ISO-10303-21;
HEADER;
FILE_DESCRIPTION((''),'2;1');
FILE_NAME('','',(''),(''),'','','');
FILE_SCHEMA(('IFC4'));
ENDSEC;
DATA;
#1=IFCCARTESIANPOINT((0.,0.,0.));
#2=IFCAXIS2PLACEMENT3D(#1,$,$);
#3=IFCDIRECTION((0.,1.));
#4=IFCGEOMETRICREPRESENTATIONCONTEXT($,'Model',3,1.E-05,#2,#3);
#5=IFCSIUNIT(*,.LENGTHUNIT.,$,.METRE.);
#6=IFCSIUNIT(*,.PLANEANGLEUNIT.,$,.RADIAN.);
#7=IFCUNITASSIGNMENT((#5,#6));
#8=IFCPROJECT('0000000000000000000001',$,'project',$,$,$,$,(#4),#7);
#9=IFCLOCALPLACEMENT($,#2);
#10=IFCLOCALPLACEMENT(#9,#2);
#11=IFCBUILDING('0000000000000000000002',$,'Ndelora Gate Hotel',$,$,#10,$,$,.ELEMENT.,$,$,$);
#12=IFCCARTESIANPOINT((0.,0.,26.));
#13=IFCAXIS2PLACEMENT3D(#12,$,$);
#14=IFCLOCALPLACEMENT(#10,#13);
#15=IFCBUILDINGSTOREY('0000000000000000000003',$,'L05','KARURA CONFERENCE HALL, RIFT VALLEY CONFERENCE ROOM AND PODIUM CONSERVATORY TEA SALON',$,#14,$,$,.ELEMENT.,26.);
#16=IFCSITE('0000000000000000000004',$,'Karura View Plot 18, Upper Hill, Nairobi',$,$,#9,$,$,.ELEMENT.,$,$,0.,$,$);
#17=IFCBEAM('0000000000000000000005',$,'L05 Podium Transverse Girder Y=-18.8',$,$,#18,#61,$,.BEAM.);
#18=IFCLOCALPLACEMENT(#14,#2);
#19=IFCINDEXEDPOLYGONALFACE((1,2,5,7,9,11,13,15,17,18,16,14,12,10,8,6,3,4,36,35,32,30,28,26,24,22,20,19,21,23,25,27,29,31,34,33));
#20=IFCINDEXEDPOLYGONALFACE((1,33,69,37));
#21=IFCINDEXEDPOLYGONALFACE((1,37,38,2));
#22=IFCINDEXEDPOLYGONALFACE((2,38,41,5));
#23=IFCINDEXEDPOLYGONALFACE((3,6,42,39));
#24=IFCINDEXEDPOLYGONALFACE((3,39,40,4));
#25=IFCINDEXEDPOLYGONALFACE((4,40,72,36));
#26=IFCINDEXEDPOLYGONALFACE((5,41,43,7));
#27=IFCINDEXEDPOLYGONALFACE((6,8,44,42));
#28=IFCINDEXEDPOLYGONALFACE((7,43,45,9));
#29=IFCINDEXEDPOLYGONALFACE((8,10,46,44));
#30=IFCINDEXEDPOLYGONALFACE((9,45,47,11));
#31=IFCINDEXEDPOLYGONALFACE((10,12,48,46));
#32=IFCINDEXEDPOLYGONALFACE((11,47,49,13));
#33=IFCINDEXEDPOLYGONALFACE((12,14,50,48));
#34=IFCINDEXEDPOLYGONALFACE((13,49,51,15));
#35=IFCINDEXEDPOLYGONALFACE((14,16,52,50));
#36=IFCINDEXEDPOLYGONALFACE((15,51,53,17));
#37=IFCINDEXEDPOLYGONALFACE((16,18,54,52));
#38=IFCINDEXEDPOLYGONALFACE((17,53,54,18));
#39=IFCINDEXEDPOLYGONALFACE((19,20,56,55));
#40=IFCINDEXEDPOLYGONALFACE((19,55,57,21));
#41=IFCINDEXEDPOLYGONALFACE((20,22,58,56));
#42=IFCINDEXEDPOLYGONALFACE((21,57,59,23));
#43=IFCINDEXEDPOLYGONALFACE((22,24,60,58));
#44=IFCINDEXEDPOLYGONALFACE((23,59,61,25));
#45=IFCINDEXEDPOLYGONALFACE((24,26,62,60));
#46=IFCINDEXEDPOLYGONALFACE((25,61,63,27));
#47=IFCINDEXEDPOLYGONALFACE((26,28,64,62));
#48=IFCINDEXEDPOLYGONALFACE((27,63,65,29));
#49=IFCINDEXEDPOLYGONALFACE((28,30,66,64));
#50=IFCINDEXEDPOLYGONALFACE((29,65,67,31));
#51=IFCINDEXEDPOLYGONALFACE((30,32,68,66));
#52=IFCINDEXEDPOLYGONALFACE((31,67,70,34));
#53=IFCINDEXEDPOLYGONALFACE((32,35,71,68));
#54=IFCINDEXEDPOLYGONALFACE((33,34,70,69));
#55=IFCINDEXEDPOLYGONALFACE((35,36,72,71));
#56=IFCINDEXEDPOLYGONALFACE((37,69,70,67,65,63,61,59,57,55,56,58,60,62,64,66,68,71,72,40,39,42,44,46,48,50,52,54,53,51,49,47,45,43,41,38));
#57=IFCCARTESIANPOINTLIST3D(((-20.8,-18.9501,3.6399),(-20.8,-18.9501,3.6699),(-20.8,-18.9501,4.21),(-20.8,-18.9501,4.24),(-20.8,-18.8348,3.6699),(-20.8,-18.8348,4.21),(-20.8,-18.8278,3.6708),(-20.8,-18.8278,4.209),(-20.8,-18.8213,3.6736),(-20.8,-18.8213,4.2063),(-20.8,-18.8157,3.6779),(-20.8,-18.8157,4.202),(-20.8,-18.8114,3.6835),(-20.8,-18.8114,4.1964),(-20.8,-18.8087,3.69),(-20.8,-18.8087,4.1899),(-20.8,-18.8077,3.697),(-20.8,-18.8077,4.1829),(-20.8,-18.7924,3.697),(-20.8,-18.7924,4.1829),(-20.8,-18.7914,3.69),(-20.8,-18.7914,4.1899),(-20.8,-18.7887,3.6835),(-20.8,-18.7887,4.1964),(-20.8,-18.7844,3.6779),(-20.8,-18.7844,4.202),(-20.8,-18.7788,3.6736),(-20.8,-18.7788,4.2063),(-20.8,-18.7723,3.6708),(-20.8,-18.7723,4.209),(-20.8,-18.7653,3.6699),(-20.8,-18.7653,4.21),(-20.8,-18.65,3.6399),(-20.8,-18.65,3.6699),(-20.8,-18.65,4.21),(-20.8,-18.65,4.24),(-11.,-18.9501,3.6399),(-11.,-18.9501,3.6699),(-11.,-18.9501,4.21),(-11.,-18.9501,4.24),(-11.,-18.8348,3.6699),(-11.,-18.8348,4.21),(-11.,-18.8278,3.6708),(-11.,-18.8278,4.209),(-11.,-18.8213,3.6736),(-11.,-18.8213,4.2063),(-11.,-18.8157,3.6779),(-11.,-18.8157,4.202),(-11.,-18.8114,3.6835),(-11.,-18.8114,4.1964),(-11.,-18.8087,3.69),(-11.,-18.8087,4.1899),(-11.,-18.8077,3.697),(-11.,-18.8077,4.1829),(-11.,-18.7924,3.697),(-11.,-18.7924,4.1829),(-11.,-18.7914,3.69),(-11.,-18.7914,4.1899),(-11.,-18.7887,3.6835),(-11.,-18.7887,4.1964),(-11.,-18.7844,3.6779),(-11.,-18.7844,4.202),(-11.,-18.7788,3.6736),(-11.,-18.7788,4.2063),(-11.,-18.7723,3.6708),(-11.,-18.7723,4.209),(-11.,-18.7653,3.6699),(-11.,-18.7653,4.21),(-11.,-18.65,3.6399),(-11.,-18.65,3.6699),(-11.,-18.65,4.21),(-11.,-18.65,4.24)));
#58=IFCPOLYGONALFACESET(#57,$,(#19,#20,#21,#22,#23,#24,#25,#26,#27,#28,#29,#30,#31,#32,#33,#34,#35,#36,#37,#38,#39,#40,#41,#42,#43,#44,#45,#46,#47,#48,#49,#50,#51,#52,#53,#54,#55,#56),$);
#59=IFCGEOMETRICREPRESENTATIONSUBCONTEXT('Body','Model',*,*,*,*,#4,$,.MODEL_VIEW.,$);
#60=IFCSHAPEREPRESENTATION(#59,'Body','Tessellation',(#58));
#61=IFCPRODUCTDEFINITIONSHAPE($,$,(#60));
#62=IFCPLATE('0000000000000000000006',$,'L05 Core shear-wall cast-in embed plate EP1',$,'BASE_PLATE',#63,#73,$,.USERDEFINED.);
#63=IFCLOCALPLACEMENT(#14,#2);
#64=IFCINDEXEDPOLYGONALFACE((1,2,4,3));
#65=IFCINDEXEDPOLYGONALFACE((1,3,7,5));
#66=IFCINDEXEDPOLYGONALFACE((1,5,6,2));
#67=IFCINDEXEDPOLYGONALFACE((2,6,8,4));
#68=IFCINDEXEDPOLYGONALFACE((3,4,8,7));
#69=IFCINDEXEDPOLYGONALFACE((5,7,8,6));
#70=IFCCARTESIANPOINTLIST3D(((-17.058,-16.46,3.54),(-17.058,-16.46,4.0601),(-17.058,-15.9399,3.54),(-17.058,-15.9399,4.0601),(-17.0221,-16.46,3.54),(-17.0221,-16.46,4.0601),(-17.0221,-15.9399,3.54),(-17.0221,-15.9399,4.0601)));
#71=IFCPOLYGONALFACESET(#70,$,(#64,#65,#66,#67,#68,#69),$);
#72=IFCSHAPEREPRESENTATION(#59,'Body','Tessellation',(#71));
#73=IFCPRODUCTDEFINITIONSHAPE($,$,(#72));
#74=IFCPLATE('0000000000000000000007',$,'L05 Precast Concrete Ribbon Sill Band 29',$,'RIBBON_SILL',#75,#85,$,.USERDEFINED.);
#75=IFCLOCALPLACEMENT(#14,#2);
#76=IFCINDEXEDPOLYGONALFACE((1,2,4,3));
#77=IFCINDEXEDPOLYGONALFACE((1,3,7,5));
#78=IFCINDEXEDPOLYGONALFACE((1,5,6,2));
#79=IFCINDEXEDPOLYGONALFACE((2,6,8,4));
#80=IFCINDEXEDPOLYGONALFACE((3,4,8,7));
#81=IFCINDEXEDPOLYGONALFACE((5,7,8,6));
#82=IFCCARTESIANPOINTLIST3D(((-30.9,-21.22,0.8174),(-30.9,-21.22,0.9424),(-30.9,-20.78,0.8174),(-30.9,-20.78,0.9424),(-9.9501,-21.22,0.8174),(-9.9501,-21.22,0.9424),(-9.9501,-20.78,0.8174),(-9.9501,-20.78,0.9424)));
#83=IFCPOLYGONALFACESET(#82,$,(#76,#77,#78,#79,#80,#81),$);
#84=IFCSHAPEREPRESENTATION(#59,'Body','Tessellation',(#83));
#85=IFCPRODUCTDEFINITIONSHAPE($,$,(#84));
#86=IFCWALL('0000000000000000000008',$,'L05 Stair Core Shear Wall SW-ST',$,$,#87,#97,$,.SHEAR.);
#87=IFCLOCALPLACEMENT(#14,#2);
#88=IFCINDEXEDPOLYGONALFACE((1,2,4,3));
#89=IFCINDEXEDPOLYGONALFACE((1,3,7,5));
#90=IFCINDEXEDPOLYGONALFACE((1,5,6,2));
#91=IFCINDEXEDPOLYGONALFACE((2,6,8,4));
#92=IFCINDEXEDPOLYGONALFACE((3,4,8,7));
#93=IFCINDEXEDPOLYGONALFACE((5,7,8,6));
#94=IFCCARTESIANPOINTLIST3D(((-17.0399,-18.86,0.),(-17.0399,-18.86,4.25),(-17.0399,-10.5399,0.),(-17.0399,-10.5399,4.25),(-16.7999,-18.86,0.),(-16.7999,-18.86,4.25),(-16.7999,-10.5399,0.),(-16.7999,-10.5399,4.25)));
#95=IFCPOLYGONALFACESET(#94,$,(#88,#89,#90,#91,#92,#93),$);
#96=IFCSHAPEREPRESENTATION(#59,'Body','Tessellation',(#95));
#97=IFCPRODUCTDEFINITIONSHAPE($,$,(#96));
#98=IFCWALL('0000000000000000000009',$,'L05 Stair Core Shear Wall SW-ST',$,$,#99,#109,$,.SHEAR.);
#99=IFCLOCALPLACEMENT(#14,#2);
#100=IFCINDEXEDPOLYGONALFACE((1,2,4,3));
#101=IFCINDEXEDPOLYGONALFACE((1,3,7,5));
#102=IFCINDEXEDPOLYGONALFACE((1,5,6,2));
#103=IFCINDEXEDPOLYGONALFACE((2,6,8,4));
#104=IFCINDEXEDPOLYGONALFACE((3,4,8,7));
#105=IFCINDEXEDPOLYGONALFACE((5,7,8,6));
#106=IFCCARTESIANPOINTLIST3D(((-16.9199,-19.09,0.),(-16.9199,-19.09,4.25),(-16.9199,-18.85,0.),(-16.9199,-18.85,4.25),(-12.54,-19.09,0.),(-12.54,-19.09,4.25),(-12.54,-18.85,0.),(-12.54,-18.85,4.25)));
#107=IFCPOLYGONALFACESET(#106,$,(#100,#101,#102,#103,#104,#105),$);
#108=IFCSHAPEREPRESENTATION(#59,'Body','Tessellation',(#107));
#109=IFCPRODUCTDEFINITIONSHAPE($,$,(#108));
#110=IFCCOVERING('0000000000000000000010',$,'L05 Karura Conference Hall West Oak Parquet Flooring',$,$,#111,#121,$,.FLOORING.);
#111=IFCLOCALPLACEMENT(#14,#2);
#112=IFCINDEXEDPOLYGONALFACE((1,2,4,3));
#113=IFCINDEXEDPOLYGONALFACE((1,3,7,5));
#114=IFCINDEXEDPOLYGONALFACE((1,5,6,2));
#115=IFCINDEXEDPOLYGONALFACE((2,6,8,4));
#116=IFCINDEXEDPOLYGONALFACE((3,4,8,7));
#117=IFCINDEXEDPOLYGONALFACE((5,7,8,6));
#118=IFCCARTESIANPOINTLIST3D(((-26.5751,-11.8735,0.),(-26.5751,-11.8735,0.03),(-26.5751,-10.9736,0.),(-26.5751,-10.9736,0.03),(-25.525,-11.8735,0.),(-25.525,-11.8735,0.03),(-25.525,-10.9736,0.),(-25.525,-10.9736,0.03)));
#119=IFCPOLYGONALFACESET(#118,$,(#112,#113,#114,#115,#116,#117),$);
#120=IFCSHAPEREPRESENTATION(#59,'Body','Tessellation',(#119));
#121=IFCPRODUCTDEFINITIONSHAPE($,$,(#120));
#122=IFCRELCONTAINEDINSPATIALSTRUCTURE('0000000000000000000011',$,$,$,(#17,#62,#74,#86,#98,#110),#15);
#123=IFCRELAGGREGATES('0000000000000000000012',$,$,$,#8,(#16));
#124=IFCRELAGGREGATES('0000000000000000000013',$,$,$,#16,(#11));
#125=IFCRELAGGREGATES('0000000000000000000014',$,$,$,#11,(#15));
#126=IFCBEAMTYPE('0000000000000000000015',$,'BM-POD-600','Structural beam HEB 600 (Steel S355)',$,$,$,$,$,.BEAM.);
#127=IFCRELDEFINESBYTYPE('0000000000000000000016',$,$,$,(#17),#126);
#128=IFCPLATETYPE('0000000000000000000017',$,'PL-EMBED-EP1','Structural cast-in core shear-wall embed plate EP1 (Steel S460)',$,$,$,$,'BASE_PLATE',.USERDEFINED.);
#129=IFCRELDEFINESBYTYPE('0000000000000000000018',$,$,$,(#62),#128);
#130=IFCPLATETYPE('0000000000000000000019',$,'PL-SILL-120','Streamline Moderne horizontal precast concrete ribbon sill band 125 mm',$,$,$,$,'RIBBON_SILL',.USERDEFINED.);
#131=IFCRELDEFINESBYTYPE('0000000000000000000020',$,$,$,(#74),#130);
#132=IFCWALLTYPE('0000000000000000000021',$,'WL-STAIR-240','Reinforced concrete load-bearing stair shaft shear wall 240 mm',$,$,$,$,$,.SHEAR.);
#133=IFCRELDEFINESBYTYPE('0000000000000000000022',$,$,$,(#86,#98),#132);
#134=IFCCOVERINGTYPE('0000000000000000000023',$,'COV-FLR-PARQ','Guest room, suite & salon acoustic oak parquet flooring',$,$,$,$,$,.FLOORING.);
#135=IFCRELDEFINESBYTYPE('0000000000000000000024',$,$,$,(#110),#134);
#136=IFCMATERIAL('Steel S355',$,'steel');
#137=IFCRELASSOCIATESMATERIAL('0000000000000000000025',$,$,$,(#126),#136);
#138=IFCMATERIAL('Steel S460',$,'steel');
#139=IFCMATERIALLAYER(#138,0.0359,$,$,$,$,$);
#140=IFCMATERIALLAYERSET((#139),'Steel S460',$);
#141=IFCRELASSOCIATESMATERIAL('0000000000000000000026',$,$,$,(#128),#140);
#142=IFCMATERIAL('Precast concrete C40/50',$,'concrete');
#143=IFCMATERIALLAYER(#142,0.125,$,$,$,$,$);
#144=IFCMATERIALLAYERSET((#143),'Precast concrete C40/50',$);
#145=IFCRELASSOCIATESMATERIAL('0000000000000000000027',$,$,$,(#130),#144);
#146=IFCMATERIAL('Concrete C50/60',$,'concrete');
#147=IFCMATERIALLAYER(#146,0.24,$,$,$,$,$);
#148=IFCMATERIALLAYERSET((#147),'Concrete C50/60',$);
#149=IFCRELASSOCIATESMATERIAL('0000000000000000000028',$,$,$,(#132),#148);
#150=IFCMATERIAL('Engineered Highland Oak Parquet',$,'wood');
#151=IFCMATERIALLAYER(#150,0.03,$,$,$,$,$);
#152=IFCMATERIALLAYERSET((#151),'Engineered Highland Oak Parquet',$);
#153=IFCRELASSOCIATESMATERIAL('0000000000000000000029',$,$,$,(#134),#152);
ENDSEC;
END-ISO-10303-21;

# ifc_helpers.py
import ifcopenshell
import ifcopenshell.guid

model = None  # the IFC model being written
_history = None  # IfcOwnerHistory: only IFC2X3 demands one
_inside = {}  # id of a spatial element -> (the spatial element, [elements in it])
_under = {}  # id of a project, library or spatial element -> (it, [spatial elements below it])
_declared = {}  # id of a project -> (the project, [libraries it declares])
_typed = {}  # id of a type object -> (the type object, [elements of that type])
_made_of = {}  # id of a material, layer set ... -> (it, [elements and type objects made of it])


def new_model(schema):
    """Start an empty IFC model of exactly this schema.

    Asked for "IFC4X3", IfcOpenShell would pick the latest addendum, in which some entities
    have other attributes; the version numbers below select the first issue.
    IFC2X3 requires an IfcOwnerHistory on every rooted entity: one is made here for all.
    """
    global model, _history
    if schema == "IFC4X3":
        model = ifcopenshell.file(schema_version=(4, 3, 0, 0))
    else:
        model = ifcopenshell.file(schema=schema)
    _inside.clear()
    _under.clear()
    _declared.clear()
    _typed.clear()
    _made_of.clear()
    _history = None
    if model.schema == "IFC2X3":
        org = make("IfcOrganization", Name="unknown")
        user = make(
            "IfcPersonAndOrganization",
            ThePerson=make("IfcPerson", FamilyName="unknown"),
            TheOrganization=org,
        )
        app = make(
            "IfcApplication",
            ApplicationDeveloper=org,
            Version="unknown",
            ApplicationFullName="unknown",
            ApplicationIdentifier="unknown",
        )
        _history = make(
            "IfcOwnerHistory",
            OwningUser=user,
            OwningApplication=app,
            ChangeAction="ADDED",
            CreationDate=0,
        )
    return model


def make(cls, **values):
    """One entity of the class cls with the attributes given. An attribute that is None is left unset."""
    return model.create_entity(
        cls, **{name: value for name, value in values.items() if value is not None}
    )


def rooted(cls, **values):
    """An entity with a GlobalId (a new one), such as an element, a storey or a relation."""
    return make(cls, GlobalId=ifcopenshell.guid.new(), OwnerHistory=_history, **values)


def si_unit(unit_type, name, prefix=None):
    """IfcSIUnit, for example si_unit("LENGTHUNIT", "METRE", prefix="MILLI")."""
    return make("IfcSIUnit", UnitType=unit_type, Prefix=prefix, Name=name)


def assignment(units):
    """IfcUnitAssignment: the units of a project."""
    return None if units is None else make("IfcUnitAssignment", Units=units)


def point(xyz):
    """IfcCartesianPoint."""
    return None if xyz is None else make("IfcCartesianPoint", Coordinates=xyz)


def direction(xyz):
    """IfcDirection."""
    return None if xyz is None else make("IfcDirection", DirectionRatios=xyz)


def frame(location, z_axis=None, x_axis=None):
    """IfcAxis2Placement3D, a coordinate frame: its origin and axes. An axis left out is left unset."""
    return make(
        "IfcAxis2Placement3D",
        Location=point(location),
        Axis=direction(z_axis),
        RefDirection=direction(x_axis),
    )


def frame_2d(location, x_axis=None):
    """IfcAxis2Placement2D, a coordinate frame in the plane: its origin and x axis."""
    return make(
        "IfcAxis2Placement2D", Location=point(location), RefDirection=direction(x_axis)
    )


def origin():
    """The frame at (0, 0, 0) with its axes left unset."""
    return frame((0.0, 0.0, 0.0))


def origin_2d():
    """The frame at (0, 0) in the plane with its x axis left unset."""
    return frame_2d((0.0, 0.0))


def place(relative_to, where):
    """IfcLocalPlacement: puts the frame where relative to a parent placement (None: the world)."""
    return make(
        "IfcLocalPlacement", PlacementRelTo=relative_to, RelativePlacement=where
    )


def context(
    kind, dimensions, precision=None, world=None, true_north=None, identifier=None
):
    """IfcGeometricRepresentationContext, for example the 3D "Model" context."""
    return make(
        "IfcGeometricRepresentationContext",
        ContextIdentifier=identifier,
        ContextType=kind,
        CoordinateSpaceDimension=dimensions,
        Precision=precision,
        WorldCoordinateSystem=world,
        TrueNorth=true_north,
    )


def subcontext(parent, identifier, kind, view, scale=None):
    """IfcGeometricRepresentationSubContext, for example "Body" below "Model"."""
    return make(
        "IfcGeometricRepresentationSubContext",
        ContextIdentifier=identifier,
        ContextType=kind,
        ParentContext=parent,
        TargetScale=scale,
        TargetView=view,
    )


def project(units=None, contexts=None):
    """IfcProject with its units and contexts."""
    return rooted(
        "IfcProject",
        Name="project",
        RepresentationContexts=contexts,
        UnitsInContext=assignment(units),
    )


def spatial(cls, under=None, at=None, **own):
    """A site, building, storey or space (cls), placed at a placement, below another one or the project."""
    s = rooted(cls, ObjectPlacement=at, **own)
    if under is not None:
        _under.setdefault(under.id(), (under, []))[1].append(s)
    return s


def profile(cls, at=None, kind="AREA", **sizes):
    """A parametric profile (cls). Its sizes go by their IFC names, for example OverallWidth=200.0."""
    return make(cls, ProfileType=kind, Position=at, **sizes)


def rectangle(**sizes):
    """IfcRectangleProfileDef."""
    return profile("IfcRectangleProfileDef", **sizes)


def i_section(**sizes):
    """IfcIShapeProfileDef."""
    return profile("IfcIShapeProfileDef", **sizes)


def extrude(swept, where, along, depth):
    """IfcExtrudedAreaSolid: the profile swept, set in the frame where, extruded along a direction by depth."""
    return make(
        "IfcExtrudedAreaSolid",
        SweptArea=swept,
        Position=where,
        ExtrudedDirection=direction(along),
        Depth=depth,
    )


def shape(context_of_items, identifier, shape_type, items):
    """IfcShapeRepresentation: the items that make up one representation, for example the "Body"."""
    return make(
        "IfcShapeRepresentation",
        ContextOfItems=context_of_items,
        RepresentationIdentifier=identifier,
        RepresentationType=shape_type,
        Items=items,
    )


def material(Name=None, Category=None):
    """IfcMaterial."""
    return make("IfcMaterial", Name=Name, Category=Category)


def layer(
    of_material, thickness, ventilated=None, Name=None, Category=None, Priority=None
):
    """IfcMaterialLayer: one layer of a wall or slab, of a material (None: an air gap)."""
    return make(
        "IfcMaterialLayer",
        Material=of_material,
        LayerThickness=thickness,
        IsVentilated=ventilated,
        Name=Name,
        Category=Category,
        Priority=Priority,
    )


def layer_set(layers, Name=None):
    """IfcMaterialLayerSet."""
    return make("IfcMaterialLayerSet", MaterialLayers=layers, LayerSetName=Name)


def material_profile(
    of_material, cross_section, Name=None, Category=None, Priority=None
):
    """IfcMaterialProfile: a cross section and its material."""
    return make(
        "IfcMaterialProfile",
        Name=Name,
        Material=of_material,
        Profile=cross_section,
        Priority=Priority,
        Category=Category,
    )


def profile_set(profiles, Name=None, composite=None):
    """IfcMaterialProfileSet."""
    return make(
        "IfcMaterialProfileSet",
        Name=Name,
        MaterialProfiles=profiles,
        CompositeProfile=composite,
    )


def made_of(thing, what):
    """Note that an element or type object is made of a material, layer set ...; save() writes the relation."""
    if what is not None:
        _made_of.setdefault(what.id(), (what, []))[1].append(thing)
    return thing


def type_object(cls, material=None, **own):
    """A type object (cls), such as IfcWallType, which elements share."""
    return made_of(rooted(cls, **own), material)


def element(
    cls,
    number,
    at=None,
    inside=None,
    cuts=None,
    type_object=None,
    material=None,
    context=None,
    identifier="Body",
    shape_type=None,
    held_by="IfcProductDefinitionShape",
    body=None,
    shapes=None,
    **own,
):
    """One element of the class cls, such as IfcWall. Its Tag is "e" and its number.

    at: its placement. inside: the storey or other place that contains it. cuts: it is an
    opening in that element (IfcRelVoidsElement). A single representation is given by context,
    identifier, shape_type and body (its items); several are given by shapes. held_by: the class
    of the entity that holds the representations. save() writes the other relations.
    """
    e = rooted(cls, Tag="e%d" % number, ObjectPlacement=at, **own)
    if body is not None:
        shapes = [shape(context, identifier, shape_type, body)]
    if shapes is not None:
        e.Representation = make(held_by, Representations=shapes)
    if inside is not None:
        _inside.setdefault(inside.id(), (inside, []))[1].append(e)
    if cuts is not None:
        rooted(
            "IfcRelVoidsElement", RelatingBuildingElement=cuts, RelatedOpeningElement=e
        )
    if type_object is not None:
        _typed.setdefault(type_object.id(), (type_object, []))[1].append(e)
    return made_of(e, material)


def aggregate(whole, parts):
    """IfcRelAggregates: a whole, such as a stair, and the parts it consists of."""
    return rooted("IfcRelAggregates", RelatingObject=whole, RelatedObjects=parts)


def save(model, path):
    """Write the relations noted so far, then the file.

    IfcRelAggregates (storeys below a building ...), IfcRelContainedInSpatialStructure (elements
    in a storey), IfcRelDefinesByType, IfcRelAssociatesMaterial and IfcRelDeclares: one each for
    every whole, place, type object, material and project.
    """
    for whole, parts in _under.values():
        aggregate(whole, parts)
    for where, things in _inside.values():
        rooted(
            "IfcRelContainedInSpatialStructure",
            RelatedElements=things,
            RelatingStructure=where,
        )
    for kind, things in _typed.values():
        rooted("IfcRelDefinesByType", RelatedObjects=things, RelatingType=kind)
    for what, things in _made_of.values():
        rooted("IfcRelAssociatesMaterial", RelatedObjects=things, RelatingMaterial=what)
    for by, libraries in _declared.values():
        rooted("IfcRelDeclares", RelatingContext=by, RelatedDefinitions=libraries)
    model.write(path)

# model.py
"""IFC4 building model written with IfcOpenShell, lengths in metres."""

from ifc_helpers import new_model, si_unit, direction, frame, frame_2d, origin, origin_2d, place, context, subcontext, project, spatial, rectangle, i_section, extrude, material, layer, layer_set, material_profile, profile_set, type_object, element, save


model = new_model("IFC4")

# Units and contexts
model_context = context("Model", 3, precision=1e-05, world=origin(), true_north=direction((0.0, 1.0)))
body_context = subcontext(model_context, "Body", "Model", "MODEL_VIEW")
ifc_project = project(units=[si_unit("LENGTHUNIT", "METRE"), si_unit("PLANEANGLEUNIT", "RADIAN")], contexts=[model_context])

# Site, building, storey
site_placement = place(None, origin())
site = spatial("IfcSite", under=ifc_project, at=site_placement, Name="Karura View Plot 18, Upper Hill, Nairobi", CompositionType="ELEMENT", RefElevation=0.0)
building_placement = place(site_placement, origin())
building = spatial("IfcBuilding", under=site, at=building_placement, Name="Ndelora Gate Hotel", CompositionType="ELEMENT")
storey_placement = place(building_placement, frame((0.0, 0.0, 26.0)))
storey = spatial("IfcBuildingStorey", under=building, at=storey_placement, Name="L05", Description="KARURA CONFERENCE HALL, RIFT VALLEY CONFERENCE ROOM AND PODIUM CONSERVATORY TEA SALON", CompositionType="ELEMENT", Elevation=26.0)

# Shared definitions
ifc_material_1 = material(Name="Concrete C50/60", Category="concrete")

# Beam
ifc_material_2 = material(Name="Steel S460", Category="steel")
ifc_material_3 = material(Name="Steel S355", Category="steel")
ifc_material_profile_1 = material_profile(ifc_material_3, i_section(OverallWidth=0.3, OverallDepth=0.6001, WebThickness=0.0154, FlangeThickness=0.03, FilletRadius=0.0271, at=origin_2d()), Name="HEB 600")
ifc_profile_set_1 = profile_set([ifc_material_profile_1], Name="Steel S355")
beam_type_1 = type_object("IfcBeamType", Name="BM-POD-600", Description="Structural beam HEB 600 (Steel S355)", PredefinedType="BEAM", material=ifc_profile_set_1)
beam_1_placement = place(storey_placement, frame((-20.8, -18.8, 3.9399), z_axis=(1.0, 0.0, 0.0), x_axis=(0.0, 1.0, 0.0)))
element("IfcBeam", 1, at=beam_1_placement, inside=storey, type_object=beam_type_1, Name="L05 Podium Transverse Girder Y=-18.8", PredefinedType="BEAM", context=body_context, shape_type="SweptSolid", body=[
    extrude(i_section(OverallWidth=0.3, OverallDepth=0.6001, WebThickness=0.0154, FlangeThickness=0.03, FilletRadius=0.0271, at=origin_2d()), origin(), (0.0, 0.0, 1.0), 9.8),
])

# Plates
ifc_layer_1 = layer(ifc_material_2, 0.0359)
ifc_layer_set_1 = layer_set([ifc_layer_1], Name="Steel S460")
plate_type_1 = type_object("IfcPlateType", Name="PL-EMBED-EP1", Description="Structural cast-in core shear-wall embed plate EP1 (Steel S460)", ElementType="BASE_PLATE", PredefinedType="USERDEFINED", material=ifc_layer_set_1)
plate_1_placement = place(storey_placement, frame((-17.04, -16.2, 3.54), z_axis=(0.0, 0.0, 1.0), x_axis=(0.0, 1.0, 0.0)))
element("IfcPlate", 2, at=plate_1_placement, inside=storey, type_object=plate_type_1, Name="L05 Core shear-wall cast-in embed plate EP1", ObjectType="BASE_PLATE", PredefinedType="USERDEFINED", context=body_context, shape_type="SweptSolid", body=[
    extrude(rectangle(XDim=0.52, YDim=0.0359, at=origin_2d()), origin(), (0.0, 0.0, 1.0), 0.52),
])
ifc_material_4 = material(Name="Precast concrete C40/50", Category="concrete")
ifc_layer_2 = layer(ifc_material_4, 0.125)
ifc_layer_set_2 = layer_set([ifc_layer_2], Name="Precast concrete C40/50")
plate_type_2 = type_object("IfcPlateType", Name="PL-SILL-120", Description="Streamline Moderne horizontal precast concrete ribbon sill band 125 mm", ElementType="RIBBON_SILL", PredefinedType="USERDEFINED", material=ifc_layer_set_2)
plate_2_placement = place(storey_placement, frame((-20.425, -21.0, 0.8174), z_axis=(0.0, 0.0, 1.0), x_axis=(1.0, 0.0, 0.0)))
element("IfcPlate", 3, at=plate_2_placement, inside=storey, type_object=plate_type_2, Name="L05 Precast Concrete Ribbon Sill Band 29", ObjectType="RIBBON_SILL", PredefinedType="USERDEFINED", context=body_context, shape_type="SweptSolid", body=[
    extrude(rectangle(XDim=20.95, YDim=0.4399, at=origin_2d()), origin(), (0.0, 0.0, 1.0), 0.125),
])

# Walls
ifc_layer_3 = layer(ifc_material_1, 0.24)
ifc_layer_set_3 = layer_set([ifc_layer_3], Name="Concrete C50/60")
wall_type = type_object("IfcWallType", Name="WL-STAIR-240", Description="Reinforced concrete load-bearing stair shaft shear wall 240 mm", PredefinedType="SHEAR", material=ifc_layer_set_3)
wall_1_placement = place(storey_placement, frame((-16.9199, -18.8601, 0.0), z_axis=(0.0, 0.0, 1.0), x_axis=(0.0, 1.0, 0.0)))
element("IfcWall", 4, at=wall_1_placement, inside=storey, type_object=wall_type, Name="L05 Stair Core Shear Wall SW-ST", PredefinedType="SHEAR", context=body_context, shape_type="SweptSolid", body=[
    extrude(rectangle(XDim=8.3201, YDim=0.24, at=frame_2d((4.1602, 0.0))), origin(), (0.0, 0.0, 1.0), 4.25),
])
wall_2_placement = place(storey_placement, frame((-16.9199, -18.97, 0.0), z_axis=(0.0, 0.0, 1.0), x_axis=(1.0, 0.0, 0.0)))
element("IfcWall", 5, at=wall_2_placement, inside=storey, type_object=wall_type, Name="L05 Stair Core Shear Wall SW-ST", PredefinedType="SHEAR", context=body_context, shape_type="SweptSolid", body=[
    extrude(rectangle(XDim=4.3799, YDim=0.24, at=frame_2d((2.1899, 0.0))), origin(), (0.0, 0.0, 1.0), 4.25),
])

# Covering
ifc_material_5 = material(Name="Engineered Highland Oak Parquet", Category="wood")
ifc_layer_4 = layer(ifc_material_5, 0.03)
ifc_layer_set_4 = layer_set([ifc_layer_4], Name="Engineered Highland Oak Parquet")
covering_type = type_object("IfcCoveringType", Name="COV-FLR-PARQ", Description="Guest room, suite & salon acoustic oak parquet flooring", PredefinedType="FLOORING", material=ifc_layer_set_4)
covering_placement = place(storey_placement, frame((-26.05, -11.4236, 0.0), z_axis=(0.0, 0.0, 1.0), x_axis=(1.0, 0.0, 0.0)))
element("IfcCovering", 6, at=covering_placement, inside=storey, type_object=covering_type, Name="L05 Karura Conference Hall West Oak Parquet Flooring", PredefinedType="FLOORING", context=body_context, shape_type="SweptSolid", body=[
    extrude(rectangle(XDim=1.05, YDim=0.8999, at=origin_2d()), origin(), (0.0, 0.0, 1.0), 0.03),
])

save(model, "model.ifc")
